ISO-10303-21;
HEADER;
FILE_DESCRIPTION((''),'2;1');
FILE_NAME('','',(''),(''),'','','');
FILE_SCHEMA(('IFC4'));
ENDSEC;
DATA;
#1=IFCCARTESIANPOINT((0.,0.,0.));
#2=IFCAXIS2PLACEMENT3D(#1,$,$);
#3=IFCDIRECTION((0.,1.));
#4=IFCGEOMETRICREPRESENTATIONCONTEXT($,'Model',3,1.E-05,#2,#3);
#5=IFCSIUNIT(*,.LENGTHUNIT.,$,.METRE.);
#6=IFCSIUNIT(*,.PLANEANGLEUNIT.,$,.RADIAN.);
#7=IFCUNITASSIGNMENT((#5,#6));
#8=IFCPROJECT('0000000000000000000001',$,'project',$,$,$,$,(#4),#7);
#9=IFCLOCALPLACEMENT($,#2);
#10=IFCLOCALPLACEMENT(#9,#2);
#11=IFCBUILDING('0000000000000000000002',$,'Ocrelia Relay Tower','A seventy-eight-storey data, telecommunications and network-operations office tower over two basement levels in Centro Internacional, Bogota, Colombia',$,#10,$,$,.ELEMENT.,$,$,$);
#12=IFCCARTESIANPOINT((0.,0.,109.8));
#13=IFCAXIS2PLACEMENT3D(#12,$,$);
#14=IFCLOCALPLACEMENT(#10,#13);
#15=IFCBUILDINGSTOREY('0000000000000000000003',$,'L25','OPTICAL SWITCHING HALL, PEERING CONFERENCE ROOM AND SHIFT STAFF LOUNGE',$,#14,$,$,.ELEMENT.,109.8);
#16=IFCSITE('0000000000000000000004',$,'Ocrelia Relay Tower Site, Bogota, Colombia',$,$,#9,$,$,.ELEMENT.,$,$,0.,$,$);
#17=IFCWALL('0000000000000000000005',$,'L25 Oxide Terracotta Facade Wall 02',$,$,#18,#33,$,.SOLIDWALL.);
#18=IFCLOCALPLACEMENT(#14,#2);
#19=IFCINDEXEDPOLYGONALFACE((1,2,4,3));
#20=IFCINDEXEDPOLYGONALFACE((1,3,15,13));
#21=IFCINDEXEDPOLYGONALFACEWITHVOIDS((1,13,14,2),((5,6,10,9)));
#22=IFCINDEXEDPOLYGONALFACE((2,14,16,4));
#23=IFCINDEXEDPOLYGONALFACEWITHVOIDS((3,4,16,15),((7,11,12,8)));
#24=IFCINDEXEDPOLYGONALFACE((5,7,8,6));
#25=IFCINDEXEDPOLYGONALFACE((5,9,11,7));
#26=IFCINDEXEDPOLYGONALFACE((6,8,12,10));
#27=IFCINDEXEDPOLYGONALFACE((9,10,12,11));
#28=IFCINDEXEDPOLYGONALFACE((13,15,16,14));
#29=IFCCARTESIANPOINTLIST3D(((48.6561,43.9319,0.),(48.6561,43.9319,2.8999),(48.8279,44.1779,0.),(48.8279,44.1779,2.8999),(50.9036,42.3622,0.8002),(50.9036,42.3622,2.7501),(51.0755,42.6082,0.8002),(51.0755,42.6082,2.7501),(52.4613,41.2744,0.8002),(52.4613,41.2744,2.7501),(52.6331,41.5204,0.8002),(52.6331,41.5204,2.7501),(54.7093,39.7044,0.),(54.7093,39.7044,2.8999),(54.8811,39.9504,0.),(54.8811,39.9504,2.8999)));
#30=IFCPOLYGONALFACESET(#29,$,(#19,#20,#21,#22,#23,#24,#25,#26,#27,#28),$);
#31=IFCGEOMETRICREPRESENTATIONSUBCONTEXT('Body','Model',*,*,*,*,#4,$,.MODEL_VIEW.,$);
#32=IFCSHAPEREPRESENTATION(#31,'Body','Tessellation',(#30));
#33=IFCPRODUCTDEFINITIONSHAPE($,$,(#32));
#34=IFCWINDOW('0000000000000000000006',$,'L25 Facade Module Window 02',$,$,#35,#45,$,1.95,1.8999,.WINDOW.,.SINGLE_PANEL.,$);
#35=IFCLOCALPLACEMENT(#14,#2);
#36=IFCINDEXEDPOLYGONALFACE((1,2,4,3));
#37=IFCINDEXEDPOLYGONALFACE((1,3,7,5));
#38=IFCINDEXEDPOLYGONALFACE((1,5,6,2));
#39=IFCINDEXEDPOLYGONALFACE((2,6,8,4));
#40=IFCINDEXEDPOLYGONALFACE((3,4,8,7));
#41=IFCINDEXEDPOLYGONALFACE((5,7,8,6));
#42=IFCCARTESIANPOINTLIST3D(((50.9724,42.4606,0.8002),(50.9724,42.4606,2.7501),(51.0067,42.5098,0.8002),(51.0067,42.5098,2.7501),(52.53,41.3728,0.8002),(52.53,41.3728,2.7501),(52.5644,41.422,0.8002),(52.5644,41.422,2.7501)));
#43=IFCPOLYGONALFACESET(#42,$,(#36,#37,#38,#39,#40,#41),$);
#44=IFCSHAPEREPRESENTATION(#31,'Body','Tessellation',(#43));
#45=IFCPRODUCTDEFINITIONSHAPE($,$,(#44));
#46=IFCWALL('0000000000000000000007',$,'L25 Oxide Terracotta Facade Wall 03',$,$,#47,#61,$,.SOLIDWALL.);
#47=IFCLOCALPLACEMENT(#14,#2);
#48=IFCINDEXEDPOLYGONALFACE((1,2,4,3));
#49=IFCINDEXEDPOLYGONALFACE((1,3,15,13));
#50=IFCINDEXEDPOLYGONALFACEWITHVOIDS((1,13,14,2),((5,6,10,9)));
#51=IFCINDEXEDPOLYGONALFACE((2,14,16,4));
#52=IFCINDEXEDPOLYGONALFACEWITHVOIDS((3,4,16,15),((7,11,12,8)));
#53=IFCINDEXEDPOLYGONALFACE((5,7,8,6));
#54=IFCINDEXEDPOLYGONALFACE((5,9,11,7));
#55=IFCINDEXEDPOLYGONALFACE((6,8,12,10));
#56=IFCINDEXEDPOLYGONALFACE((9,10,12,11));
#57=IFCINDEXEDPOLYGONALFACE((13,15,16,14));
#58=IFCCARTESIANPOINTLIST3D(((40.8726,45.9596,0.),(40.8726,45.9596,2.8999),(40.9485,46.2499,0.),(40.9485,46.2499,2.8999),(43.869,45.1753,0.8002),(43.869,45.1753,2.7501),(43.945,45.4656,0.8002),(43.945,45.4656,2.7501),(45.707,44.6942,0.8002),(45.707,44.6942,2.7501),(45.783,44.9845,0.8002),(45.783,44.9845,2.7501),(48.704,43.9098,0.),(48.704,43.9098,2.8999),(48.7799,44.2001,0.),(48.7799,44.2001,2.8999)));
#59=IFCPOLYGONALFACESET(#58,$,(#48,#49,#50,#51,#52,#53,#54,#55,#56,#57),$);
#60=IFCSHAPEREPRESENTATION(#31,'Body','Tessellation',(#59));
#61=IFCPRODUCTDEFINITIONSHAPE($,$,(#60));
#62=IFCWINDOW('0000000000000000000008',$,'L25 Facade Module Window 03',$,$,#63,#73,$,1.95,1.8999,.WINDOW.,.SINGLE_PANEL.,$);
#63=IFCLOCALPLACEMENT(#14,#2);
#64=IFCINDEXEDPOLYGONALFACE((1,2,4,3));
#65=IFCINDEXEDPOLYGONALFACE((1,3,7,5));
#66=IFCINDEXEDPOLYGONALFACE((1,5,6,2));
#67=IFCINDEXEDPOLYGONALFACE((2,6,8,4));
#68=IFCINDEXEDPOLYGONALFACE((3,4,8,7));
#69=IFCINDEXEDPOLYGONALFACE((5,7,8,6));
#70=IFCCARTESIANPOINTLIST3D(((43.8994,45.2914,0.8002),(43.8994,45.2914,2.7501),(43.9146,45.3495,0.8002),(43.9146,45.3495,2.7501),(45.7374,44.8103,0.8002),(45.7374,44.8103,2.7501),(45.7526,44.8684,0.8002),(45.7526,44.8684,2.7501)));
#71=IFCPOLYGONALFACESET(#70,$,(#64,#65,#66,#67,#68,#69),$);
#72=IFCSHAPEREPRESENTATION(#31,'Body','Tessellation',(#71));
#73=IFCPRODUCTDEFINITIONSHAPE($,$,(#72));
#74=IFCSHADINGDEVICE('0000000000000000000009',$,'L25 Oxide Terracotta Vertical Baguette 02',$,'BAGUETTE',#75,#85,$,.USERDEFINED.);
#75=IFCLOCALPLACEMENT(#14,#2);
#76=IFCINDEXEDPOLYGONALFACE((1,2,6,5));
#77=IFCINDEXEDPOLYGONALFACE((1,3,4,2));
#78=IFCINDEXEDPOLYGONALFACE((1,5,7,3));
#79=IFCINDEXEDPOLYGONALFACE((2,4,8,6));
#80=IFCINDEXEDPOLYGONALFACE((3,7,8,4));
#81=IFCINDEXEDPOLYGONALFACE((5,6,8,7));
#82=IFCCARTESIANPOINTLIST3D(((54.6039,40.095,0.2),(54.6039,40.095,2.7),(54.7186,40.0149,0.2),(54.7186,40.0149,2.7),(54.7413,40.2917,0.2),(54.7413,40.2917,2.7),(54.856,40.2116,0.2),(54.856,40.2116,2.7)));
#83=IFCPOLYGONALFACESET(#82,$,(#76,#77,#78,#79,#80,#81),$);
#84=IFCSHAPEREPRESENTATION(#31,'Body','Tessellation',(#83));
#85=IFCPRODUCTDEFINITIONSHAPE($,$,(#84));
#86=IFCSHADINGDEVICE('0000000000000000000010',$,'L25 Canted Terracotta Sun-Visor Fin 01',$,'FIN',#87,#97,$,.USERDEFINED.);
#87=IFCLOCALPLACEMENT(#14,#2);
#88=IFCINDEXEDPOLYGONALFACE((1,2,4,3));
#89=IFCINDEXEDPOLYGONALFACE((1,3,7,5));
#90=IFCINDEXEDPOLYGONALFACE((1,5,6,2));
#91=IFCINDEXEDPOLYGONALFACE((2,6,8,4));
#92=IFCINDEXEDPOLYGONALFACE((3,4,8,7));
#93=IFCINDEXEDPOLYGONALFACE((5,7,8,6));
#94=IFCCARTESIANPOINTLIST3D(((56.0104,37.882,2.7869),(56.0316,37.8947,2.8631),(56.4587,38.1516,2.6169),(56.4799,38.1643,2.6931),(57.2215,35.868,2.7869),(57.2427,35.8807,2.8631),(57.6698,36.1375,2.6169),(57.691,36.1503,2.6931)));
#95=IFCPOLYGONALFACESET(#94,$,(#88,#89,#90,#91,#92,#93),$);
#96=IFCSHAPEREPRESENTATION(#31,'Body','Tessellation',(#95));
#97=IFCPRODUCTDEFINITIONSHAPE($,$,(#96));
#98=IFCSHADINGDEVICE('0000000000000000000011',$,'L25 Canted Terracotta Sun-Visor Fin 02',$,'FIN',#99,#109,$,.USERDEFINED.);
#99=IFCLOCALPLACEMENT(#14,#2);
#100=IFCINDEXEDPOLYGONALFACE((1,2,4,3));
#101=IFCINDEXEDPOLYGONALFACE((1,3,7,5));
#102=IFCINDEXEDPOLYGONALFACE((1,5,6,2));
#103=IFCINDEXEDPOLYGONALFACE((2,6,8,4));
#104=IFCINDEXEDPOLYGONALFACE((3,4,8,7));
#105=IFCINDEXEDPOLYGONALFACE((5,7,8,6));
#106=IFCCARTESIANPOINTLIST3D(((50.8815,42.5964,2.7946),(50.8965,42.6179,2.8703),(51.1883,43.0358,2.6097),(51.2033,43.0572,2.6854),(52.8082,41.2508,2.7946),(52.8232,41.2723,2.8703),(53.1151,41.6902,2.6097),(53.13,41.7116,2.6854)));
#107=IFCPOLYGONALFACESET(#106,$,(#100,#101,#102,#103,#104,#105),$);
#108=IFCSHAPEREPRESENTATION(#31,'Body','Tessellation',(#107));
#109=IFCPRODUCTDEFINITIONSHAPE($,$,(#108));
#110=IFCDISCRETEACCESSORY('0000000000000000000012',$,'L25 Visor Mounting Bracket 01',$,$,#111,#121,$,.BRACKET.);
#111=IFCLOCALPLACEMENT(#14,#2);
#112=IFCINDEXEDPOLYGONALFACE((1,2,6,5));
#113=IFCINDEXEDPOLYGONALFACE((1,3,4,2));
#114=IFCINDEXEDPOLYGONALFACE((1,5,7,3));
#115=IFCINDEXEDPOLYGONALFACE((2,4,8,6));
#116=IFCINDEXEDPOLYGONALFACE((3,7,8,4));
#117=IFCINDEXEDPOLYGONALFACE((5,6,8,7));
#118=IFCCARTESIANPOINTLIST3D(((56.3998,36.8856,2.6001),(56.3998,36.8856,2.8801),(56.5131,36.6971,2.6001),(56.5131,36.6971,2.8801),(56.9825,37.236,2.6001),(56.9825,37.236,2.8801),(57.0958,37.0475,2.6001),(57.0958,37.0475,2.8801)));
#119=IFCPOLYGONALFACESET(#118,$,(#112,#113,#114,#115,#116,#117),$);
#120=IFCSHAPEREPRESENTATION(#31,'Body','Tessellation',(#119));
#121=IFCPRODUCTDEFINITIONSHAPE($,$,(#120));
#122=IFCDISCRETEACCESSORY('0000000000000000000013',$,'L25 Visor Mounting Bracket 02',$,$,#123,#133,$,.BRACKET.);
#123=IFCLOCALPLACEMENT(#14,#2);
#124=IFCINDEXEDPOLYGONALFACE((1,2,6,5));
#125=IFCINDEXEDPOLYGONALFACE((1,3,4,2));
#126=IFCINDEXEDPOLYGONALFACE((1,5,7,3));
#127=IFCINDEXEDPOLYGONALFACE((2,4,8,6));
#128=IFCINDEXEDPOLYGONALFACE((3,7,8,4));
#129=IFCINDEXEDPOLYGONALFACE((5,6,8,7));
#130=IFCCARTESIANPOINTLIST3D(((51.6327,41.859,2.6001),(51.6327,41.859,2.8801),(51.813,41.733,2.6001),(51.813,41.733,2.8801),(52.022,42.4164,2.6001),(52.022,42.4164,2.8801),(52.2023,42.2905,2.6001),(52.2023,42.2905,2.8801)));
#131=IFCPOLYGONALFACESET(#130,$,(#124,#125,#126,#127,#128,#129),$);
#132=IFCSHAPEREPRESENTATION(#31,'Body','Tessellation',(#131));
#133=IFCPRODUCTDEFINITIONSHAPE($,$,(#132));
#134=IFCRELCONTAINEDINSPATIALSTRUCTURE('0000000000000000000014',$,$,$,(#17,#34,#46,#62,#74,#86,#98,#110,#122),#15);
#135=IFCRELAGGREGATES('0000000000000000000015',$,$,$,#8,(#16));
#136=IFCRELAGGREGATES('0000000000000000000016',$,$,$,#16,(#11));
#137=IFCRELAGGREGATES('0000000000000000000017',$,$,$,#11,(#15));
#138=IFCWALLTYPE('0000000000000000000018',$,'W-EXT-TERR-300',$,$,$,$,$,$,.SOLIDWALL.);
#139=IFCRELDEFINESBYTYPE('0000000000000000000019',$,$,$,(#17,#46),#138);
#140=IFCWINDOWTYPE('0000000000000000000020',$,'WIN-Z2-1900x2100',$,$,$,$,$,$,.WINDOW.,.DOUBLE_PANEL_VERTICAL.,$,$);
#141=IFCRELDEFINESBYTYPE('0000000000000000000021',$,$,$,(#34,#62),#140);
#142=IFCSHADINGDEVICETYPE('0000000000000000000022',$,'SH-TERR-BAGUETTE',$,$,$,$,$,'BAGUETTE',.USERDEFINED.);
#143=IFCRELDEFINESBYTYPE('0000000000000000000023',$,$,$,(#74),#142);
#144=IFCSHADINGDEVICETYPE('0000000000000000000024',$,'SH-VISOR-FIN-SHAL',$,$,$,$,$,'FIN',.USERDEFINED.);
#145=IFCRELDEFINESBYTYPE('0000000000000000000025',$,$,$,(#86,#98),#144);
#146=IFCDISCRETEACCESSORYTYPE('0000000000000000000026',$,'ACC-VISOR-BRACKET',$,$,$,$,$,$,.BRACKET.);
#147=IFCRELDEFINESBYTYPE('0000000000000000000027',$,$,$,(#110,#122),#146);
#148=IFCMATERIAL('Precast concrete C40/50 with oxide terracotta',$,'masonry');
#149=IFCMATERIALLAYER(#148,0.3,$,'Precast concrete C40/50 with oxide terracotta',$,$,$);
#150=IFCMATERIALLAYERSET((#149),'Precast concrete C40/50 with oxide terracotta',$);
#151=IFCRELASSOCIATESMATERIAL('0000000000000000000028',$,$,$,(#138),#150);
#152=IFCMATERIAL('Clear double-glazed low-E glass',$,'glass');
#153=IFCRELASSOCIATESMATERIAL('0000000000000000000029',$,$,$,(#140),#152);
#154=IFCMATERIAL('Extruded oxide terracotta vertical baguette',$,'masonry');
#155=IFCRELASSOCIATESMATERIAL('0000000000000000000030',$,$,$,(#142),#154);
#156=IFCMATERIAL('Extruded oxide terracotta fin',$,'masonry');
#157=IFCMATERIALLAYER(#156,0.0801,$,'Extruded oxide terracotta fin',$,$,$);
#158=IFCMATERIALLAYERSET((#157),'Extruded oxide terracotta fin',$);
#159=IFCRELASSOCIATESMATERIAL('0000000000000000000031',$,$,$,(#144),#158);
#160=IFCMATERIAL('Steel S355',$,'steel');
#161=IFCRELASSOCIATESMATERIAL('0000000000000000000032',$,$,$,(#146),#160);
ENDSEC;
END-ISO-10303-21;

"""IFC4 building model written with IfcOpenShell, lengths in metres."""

from ifc_helpers import new_model, si_unit, direction, frame, frame_2d, origin, origin_2d, place, context, subcontext, project, spatial, rectangle, extrude, material, layer, layer_set, type_object, element, fill, save


model = new_model("IFC4")

# Units and contexts
model_context = context("Model", 3, precision=1e-05, world=origin(), true_north=direction((0.0, 1.0)))
body_context = subcontext(model_context, "Body", "Model", "MODEL_VIEW")
ifc_project = project(units=[si_unit("LENGTHUNIT", "METRE"), si_unit("PLANEANGLEUNIT", "RADIAN")], contexts=[model_context])

# Site, building, storey
site_placement = place(None, origin())
site = spatial("IfcSite", under=ifc_project, at=site_placement, Name="Ocrelia Relay Tower Site, Bogota, Colombia", CompositionType="ELEMENT", RefElevation=0.0)
building_placement = place(site_placement, origin())
building = spatial("IfcBuilding", under=site, at=building_placement, Name="Ocrelia Relay Tower", Description="A seventy-eight-storey data, telecommunications and network-operations office tower over two basement levels in Centro Internacional, Bogota, Colombia", CompositionType="ELEMENT")
storey_placement = place(building_placement, frame((0.0, 0.0, 109.8)))
storey = spatial("IfcBuildingStorey", under=building, at=storey_placement, Name="L25", Description="OPTICAL SWITCHING HALL, PEERING CONFERENCE ROOM AND SHIFT STAFF LOUNGE", CompositionType="ELEMENT", Elevation=109.8)

# Shared definitions
ifc_material_1 = material(Name="Steel S355", Category="steel")

# Shared definitions
ifc_material_2 = material(Name="Clear double-glazed low-E glass", Category="glass")

# Walls, openings, windows
ifc_material_3 = material(Name="Precast concrete C40/50 with oxide terracotta", Category="masonry")
ifc_layer_1 = layer(ifc_material_3, 0.3, Name="Precast concrete C40/50 with oxide terracotta")
ifc_layer_set_1 = layer_set([ifc_layer_1], Name="Precast concrete C40/50 with oxide terracotta")
wall_type = type_object("IfcWallType", Name="W-EXT-TERR-300", PredefinedType="SOLIDWALL", material=ifc_layer_set_1)
wall_1_placement = place(storey_placement, frame((54.7952, 39.8274, 0.0), z_axis=(0.0, 0.0, 1.0), x_axis=(-0.81985, 0.572579, 0.0)))
wall_1 = element("IfcWall", 1, at=wall_1_placement, inside=storey, type_object=wall_type, Name="L25 Oxide Terracotta Facade Wall 02", PredefinedType="SOLIDWALL", context=body_context, shape_type="SweptSolid", body=[
    extrude(rectangle(XDim=7.3833, YDim=0.3, at=frame_2d((3.6917, 0.0))), origin(), (0.0, 0.0, 1.0), 2.8999),
])
opening_1_placement = place(wall_1_placement, frame((2.7419, 0.0, 0.8)))
opening_1 = element("IfcOpeningElement", 2, at=opening_1_placement, cuts=wall_1, PredefinedType="OPENING", context=body_context, shape_type="SweptSolid", body=[
    extrude(rectangle(XDim=1.8999, YDim=1.95, at=frame_2d((0.95, 0.9751))), frame((0.0, 0.1602, 0.0), z_axis=(0.0, -1.0, 0.0), x_axis=(1.0, 0.0, 0.0)), (0.0, 0.0, 1.0), 0.3201),
])
window_type = type_object("IfcWindowType", Name="WIN-Z2-1900x2100", PartitioningType="DOUBLE_PANEL_VERTICAL", PredefinedType="WINDOW", material=ifc_material_2)
window_1_placement = place(opening_1_placement, origin())
window_1 = element("IfcWindow", 3, at=window_1_placement, inside=storey, type_object=window_type, Name="L25 Facade Module Window 02", OverallHeight=1.95, OverallWidth=1.8999, PartitioningType="SINGLE_PANEL", PredefinedType="WINDOW", context=body_context, shape_type="SweptSolid", body=[
    extrude(rectangle(XDim=1.8999, YDim=1.95, at=frame_2d((0.95, 0.9751))), frame((0.0, 0.03, 0.0), z_axis=(0.0, -1.0, 0.0), x_axis=(1.0, 0.0, 0.0)), (0.0, 0.0, 1.0), 0.0601),
])
fill(opening_1, window_1)
wall_2_placement = place(storey_placement, frame((48.7419, 44.0549, 0.0), z_axis=(0.0, 0.0, 1.0), x_axis=(-0.96741, 0.253215, 0.0)))
wall_2 = element("IfcWall", 4, at=wall_2_placement, inside=storey, type_object=wall_type, Name="L25 Oxide Terracotta Facade Wall 03", PredefinedType="SOLIDWALL", context=body_context, shape_type="SweptSolid", body=[
    extrude(rectangle(XDim=8.0952, YDim=0.3, at=frame_2d((4.0476, 0.0))), origin(), (0.0, 0.0, 1.0), 2.8999),
])
opening_2_placement = place(wall_2_placement, frame((3.0979, 0.0, 0.8)))
opening_2 = element("IfcOpeningElement", 5, at=opening_2_placement, cuts=wall_2, PredefinedType="OPENING", context=body_context, shape_type="SweptSolid", body=[
    extrude(rectangle(XDim=1.8999, YDim=1.95, at=frame_2d((0.95, 0.9751))), frame((0.0, 0.1602, 0.0), z_axis=(0.0, -1.0, 0.0), x_axis=(1.0, 0.0, 0.0)), (0.0, 0.0, 1.0), 0.3201),
])
window_2_placement = place(opening_2_placement, origin())
window_2 = element("IfcWindow", 6, at=window_2_placement, inside=storey, type_object=window_type, Name="L25 Facade Module Window 03", OverallHeight=1.95, OverallWidth=1.8999, PartitioningType="SINGLE_PANEL", PredefinedType="WINDOW", context=body_context, shape_type="SweptSolid", body=[
    extrude(rectangle(XDim=1.8999, YDim=1.95, at=frame_2d((0.95, 0.9751))), frame((0.0, 0.03, 0.0), z_axis=(0.0, -1.0, 0.0), x_axis=(1.0, 0.0, 0.0)), (0.0, 0.0, 1.0), 0.0601),
])
fill(opening_2, window_2)

# Shading devices
ifc_material_4 = material(Name="Extruded oxide terracotta vertical baguette", Category="masonry")
shading_device_type_1 = type_object("IfcShadingDeviceType", Name="SH-TERR-BAGUETTE", ElementType="BAGUETTE", PredefinedType="USERDEFINED", material=ifc_material_4)
shading_device_1_placement = place(storey_placement, frame((54.73, 40.1533, 0.2), z_axis=(0.0, 0.0, 1.0), x_axis=(-0.819851, 0.572577, 0.0)))
element("IfcShadingDevice", 7, at=shading_device_1_placement, inside=storey, type_object=shading_device_type_1, Name="L25 Oxide Terracotta Vertical Baguette 02", ObjectType="BAGUETTE", PredefinedType="USERDEFINED", context=body_context, shape_type="SweptSolid", body=[
    extrude(rectangle(XDim=0.1399, YDim=0.24, at=origin_2d()), origin(), (0.0, 0.0, 1.0), 2.5),
])
ifc_material_5 = material(Name="Extruded oxide terracotta fin", Category="masonry")
ifc_layer_2 = layer(ifc_material_5, 0.0801, Name="Extruded oxide terracotta fin")
ifc_layer_set_2 = layer_set([ifc_layer_2], Name="Extruded oxide terracotta fin")
shading_device_type_2 = type_object("IfcShadingDeviceType", Name="SH-VISOR-FIN-SHAL", ElementType="FIN", PredefinedType="USERDEFINED", material=ifc_layer_set_2)
shading_device_2_placement = place(storey_placement, frame((56.8401, 37.0098, 2.7019), z_axis=(0.264827, 0.159243, 0.951057), x_axis=(-0.515321, 0.856997, 0.0)))
element("IfcShadingDevice", 8, at=shading_device_2_placement, inside=storey, type_object=shading_device_type_2, Name="L25 Canted Terracotta Sun-Visor Fin 01", ObjectType="FIN", PredefinedType="USERDEFINED", context=body_context, shape_type="SweptSolid", body=[
    extrude(rectangle(XDim=2.3501, YDim=0.55, at=origin_2d()), origin(), (0.0, 0.0, 1.0), 0.0801),
])
shading_device_3_placement = place(storey_placement, frame((51.9983, 42.1433, 2.7021), z_axis=(0.186791, 0.267459, 0.945291), x_axis=(-0.819851, 0.572577, 0.0)))
element("IfcShadingDevice", 9, at=shading_device_3_placement, inside=storey, type_object=shading_device_type_2, Name="L25 Canted Terracotta Sun-Visor Fin 02", ObjectType="FIN", PredefinedType="USERDEFINED", context=body_context, shape_type="SweptSolid", body=[
    extrude(rectangle(XDim=2.3501, YDim=0.5669, at=origin_2d()), origin(), (0.0, 0.0, 1.0), 0.0801),
])

# Discrete accessories
discrete_accessory_type = type_object("IfcDiscreteAccessoryType", Name="ACC-VISOR-BRACKET", PredefinedType="BRACKET", material=ifc_material_1)
for number, where, z_axis, x_axis, name in (
    (10, (56.7478, 36.9666, 2.6001), (0.0, 0.0, 1.0), (-0.515321, 0.856997, 0.0), "L25 Visor Mounting Bracket 01"),
    (11, (51.9175, 42.0747, 2.6001), (0.0, 0.0, 1.0), (-0.819851, 0.572577, 0.0), "L25 Visor Mounting Bracket 02"),
):
    element("IfcDiscreteAccessory", number, at=place(storey_placement, frame(where, z_axis=z_axis, x_axis=x_axis)), inside=storey, type_object=discrete_accessory_type, Name=name, PredefinedType="BRACKET", context=body_context, shape_type="SweptSolid", body=[
        extrude(rectangle(XDim=0.22, YDim=0.6799, at=origin_2d()), origin(), (0.0, 0.0, 1.0), 0.28),
    ])

save(model, "model.ifc")
